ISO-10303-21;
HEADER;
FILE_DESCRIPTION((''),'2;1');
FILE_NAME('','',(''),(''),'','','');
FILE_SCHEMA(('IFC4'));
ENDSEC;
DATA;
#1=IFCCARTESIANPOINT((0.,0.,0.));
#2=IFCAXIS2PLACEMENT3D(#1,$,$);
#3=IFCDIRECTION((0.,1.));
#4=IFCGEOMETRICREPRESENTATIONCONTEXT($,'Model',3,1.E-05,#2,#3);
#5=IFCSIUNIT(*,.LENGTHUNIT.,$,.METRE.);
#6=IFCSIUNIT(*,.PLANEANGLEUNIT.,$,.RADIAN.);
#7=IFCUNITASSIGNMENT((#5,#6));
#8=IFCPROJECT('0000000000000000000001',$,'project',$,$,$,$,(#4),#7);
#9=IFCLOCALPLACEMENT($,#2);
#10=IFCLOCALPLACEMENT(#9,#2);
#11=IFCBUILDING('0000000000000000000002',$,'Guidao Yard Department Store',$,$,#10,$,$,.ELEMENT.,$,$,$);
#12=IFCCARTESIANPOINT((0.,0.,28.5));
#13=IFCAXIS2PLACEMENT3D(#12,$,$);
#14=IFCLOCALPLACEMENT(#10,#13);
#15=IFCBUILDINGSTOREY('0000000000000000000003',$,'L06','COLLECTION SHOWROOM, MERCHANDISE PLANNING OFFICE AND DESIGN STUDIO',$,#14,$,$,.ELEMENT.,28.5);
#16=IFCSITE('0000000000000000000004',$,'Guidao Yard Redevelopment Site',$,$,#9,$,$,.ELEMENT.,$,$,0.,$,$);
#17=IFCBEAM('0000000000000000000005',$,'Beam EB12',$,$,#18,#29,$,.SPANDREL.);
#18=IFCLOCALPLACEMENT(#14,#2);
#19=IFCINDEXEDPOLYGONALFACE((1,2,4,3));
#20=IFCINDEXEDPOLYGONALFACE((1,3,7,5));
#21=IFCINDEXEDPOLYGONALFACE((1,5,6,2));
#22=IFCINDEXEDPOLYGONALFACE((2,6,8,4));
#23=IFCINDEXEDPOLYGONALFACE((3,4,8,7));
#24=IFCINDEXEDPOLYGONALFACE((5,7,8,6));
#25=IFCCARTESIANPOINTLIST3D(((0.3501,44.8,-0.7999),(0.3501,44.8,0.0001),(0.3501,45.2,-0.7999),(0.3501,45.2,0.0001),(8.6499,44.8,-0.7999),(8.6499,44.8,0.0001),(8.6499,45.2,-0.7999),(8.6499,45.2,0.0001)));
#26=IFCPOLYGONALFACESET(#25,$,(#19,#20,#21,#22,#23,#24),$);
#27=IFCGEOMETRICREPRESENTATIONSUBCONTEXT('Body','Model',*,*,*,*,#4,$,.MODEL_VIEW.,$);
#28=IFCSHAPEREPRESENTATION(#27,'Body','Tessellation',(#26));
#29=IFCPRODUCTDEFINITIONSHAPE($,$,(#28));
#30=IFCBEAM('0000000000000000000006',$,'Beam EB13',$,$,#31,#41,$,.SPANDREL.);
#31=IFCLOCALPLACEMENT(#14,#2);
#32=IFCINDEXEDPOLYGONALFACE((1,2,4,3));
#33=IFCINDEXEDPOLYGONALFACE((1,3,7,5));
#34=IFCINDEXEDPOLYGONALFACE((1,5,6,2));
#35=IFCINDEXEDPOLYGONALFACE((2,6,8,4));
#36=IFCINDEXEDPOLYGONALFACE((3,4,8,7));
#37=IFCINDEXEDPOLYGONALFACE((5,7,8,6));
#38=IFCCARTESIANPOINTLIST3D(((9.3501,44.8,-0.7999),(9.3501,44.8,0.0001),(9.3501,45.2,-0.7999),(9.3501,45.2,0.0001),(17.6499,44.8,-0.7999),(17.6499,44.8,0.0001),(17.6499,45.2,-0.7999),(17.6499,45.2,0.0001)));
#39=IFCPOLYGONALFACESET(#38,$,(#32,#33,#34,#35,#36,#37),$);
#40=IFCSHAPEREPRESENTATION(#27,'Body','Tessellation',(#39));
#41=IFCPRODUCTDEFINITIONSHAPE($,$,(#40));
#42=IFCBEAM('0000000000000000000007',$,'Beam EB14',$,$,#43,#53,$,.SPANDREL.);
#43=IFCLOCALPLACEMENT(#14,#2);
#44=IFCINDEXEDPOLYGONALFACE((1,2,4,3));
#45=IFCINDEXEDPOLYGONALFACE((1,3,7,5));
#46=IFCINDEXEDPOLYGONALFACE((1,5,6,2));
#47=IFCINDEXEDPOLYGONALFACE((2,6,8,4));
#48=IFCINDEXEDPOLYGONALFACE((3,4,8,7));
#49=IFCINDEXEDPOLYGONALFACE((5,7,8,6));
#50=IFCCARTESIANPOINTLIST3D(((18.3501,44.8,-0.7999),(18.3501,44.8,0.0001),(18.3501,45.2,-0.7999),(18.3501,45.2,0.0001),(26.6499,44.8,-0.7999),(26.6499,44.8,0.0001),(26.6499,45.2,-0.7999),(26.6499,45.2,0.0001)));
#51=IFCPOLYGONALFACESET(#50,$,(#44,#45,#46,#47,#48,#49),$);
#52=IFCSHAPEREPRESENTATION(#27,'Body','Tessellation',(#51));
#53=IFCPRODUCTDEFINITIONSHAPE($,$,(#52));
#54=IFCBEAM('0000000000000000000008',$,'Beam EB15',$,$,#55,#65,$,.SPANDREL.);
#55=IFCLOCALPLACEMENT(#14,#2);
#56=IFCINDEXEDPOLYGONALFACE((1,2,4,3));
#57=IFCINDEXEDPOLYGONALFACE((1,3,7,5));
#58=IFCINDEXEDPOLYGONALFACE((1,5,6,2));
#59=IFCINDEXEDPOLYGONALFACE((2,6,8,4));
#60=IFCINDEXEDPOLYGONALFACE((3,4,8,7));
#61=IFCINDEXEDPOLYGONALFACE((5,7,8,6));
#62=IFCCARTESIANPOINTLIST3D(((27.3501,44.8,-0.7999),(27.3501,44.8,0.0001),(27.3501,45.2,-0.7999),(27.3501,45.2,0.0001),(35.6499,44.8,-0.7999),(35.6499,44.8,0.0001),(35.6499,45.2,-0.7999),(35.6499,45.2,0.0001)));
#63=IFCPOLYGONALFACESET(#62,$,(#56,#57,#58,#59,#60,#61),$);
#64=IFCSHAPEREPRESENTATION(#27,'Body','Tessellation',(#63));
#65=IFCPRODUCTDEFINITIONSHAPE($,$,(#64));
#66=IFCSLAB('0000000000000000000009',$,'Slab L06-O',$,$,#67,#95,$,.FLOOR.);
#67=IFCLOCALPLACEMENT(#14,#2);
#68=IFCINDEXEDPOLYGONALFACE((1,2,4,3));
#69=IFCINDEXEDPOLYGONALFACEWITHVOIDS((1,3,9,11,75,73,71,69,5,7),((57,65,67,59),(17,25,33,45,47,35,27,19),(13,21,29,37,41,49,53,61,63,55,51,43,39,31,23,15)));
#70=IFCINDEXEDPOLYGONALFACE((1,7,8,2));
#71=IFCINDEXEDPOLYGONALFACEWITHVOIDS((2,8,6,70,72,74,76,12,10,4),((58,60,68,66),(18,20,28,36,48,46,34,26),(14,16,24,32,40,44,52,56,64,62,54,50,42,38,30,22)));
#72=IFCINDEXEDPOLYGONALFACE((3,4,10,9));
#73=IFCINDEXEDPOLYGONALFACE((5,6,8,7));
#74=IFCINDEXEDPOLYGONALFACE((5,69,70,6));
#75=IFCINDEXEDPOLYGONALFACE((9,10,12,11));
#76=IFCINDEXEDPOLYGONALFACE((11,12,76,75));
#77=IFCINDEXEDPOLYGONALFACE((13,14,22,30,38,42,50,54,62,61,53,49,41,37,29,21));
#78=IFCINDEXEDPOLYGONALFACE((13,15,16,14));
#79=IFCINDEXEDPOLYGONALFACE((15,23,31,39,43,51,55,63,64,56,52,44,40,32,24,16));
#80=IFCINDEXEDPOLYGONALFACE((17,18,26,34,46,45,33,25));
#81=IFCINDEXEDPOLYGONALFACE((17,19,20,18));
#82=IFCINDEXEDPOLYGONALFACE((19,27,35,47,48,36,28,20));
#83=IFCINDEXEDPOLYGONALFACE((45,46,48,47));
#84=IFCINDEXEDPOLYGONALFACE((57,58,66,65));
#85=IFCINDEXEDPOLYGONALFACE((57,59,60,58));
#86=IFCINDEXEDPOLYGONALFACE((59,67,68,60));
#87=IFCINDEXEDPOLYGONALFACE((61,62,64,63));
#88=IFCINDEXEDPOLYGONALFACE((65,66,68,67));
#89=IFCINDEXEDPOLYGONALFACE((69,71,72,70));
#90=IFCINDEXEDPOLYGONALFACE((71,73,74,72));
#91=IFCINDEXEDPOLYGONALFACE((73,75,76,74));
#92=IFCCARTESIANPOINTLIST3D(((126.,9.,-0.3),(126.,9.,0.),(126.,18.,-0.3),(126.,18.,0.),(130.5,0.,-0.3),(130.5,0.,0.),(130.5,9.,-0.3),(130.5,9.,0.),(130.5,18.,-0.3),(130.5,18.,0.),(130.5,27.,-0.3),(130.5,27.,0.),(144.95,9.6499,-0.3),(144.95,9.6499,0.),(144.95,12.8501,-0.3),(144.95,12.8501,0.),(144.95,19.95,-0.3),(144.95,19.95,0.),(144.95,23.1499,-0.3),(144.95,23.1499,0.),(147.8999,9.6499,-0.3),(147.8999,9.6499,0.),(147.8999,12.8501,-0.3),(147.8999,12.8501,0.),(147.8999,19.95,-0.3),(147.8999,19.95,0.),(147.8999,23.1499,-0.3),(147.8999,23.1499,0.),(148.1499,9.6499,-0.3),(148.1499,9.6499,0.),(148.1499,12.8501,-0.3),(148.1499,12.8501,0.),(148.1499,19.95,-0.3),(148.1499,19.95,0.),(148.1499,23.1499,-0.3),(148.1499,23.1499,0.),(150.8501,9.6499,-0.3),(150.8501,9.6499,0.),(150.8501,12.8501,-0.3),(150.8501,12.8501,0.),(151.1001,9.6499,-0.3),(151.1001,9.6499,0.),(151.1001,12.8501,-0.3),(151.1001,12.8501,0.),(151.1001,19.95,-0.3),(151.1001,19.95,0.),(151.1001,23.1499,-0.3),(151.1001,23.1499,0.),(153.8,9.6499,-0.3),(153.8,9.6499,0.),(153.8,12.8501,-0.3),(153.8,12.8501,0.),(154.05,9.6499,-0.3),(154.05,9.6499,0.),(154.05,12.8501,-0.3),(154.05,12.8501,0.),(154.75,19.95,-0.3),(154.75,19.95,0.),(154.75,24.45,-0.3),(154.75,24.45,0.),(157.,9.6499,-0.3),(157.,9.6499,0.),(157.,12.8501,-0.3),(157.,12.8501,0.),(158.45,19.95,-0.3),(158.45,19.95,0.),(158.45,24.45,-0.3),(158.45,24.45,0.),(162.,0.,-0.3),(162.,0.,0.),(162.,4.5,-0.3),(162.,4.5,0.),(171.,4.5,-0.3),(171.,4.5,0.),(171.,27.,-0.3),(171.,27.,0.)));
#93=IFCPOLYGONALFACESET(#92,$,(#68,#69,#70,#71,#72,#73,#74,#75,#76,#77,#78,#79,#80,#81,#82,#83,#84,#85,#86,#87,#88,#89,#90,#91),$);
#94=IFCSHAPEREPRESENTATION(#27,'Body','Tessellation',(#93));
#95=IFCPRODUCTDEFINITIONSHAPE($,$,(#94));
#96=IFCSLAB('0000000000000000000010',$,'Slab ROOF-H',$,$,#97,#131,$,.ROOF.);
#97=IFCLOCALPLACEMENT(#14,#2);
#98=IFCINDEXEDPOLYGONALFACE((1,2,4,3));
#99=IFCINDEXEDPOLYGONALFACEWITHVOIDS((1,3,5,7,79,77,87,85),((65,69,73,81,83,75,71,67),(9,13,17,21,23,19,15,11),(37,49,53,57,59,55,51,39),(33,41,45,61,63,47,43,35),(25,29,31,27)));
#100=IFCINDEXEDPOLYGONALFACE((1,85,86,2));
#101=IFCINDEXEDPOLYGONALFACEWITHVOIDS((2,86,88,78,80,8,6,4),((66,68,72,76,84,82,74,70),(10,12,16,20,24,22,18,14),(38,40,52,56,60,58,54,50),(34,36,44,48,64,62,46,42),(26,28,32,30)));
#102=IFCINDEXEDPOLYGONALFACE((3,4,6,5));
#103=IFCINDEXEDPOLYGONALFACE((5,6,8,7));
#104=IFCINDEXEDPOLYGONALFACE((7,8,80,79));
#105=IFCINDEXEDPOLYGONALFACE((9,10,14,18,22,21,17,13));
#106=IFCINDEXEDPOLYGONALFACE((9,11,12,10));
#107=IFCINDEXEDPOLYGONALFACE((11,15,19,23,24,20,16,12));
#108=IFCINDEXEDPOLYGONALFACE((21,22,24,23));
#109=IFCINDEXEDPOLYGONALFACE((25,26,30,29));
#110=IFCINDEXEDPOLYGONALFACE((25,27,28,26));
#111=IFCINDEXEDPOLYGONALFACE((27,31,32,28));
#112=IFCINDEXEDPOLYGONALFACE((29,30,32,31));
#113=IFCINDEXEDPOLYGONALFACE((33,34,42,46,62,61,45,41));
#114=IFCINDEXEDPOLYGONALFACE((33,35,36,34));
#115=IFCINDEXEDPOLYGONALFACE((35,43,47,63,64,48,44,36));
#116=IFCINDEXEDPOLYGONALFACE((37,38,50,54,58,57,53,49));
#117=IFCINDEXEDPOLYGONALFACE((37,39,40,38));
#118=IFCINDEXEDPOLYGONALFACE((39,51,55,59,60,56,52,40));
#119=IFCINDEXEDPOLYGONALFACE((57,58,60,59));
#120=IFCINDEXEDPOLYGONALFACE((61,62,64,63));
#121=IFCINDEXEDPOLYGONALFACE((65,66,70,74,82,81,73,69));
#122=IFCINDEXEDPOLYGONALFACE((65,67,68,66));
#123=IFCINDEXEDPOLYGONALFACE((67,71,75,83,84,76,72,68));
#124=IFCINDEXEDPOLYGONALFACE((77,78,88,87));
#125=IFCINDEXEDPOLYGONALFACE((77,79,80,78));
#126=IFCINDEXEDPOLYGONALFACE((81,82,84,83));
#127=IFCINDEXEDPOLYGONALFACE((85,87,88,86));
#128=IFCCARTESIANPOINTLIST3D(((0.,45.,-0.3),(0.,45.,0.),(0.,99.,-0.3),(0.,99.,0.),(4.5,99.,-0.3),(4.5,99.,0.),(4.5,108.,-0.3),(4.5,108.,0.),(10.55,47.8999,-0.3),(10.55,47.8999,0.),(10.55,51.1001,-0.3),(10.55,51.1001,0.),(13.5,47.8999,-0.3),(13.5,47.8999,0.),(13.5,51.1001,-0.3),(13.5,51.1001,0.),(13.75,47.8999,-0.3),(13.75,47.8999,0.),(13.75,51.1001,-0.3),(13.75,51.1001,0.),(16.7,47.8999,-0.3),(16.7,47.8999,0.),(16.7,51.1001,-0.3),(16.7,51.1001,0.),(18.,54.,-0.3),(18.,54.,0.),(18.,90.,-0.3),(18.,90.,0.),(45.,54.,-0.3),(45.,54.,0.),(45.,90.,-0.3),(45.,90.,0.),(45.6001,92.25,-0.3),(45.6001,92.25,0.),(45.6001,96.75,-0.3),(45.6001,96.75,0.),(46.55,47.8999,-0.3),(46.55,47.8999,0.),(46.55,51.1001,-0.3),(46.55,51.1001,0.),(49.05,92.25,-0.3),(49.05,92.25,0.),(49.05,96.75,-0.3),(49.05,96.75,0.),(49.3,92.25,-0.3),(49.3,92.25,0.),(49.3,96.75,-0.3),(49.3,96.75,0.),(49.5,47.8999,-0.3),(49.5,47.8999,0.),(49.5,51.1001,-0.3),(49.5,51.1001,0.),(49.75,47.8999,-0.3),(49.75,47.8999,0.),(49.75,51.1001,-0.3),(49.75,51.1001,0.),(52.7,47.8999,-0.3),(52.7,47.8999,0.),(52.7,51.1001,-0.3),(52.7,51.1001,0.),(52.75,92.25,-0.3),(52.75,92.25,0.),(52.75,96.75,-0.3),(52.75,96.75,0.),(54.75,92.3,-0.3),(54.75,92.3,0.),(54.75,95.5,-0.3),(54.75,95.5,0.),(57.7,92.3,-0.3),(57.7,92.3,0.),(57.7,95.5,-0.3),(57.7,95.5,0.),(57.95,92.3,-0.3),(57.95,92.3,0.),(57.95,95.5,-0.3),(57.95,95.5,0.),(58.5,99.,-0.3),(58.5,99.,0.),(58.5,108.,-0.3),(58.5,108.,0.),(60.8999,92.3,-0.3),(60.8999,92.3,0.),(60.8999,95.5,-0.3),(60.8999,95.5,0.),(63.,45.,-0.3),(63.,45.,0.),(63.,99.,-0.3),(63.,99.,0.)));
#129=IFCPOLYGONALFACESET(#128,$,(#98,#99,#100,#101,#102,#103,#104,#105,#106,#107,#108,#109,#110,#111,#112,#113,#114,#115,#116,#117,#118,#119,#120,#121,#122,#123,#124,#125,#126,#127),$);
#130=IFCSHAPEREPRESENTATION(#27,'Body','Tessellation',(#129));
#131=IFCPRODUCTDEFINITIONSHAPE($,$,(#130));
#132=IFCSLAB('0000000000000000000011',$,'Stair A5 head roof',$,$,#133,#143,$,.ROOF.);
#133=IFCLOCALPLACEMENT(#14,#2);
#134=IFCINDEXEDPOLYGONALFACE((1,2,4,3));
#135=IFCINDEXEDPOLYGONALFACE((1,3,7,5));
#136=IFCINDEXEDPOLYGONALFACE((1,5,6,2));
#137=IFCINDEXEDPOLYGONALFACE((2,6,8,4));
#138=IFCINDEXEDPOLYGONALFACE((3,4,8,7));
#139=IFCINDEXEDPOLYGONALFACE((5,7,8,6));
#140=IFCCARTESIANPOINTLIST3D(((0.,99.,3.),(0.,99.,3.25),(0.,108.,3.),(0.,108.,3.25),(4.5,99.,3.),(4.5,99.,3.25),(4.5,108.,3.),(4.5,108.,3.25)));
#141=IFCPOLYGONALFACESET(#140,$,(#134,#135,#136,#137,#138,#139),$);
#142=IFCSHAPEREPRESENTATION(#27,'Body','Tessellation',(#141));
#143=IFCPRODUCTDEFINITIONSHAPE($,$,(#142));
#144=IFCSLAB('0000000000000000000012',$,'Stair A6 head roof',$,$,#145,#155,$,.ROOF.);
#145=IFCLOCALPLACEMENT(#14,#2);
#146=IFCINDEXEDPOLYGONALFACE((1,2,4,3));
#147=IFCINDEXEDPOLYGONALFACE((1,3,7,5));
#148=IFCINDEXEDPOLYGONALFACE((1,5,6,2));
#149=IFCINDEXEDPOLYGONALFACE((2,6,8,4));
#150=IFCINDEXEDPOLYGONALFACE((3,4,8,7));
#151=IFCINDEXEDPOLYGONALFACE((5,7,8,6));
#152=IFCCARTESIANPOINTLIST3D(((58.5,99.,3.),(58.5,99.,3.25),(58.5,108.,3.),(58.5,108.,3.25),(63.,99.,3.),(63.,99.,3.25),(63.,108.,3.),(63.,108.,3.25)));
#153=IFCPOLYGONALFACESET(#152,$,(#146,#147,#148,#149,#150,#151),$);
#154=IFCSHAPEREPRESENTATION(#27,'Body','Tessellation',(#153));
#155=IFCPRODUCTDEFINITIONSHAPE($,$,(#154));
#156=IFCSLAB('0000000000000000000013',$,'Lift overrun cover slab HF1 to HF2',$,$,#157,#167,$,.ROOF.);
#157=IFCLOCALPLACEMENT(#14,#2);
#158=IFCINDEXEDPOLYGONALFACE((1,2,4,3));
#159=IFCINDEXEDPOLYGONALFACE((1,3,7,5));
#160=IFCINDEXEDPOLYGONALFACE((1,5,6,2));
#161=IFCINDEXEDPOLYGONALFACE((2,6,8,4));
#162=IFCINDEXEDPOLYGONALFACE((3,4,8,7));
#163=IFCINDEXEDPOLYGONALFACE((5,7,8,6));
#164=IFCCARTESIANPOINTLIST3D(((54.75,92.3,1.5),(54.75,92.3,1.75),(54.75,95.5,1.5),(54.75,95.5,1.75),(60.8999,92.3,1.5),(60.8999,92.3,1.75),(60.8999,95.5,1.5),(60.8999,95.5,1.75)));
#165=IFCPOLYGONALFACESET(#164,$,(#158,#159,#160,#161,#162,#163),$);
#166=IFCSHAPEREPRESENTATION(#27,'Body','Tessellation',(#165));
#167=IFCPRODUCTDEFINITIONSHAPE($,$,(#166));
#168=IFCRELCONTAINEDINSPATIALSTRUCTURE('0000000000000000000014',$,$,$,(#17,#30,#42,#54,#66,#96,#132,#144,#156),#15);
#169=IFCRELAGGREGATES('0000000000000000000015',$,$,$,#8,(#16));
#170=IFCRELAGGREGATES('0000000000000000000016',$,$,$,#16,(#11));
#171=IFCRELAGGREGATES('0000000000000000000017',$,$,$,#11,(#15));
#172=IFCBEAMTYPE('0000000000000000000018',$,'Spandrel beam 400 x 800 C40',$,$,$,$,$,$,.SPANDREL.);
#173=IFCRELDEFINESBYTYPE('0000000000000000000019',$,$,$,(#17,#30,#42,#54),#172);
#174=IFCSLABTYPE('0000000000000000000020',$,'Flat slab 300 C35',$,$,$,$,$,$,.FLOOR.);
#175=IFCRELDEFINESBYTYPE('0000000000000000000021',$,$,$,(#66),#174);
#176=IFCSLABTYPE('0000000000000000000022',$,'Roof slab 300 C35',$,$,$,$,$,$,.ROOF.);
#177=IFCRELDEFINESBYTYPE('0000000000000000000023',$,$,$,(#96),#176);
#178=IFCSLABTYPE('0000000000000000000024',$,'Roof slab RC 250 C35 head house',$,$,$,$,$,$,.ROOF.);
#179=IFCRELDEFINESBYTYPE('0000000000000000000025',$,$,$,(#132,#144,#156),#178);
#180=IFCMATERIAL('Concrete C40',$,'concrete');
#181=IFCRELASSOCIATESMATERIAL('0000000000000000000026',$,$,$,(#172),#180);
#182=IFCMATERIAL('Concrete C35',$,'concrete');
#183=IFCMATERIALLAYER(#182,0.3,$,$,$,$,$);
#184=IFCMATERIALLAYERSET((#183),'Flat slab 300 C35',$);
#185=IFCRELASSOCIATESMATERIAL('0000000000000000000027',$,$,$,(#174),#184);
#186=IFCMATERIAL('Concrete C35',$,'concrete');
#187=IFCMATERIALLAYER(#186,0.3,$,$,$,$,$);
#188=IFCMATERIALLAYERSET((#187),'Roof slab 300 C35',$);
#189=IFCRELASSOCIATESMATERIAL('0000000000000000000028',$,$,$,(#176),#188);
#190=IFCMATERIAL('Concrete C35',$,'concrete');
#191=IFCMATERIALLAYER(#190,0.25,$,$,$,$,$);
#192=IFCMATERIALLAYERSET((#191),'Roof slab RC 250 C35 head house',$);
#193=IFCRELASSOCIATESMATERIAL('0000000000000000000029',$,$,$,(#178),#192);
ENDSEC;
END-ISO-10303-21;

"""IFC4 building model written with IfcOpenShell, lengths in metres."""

from ifc_helpers import new_model, si_unit, direction, frame, origin, origin_2d, place, context, subcontext, project, spatial, polyline, rectangle, outline, extrude, material, layer, layer_set, material_profile, profile_set, type_object, element, save


model = new_model("IFC4")

# Units and contexts
model_context = context("Model", 3, precision=1e-05, world=origin(), true_north=direction((0.0, 1.0)))
body_context = subcontext(model_context, "Body", "Model", "MODEL_VIEW")
ifc_project = project(units=[si_unit("LENGTHUNIT", "METRE"), si_unit("PLANEANGLEUNIT", "RADIAN")], contexts=[model_context])

# Site, building, storey
site_placement = place(None, origin())
site = spatial("IfcSite", under=ifc_project, at=site_placement, Name="Guidao Yard Redevelopment Site", CompositionType="ELEMENT", RefElevation=0.0)
building_placement = place(site_placement, origin())
building = spatial("IfcBuilding", under=site, at=building_placement, Name="Guidao Yard Department Store", CompositionType="ELEMENT")
storey_placement = place(building_placement, frame((0.0, 0.0, 28.5)))
storey = spatial("IfcBuildingStorey", under=building, at=storey_placement, Name="L06", Description="COLLECTION SHOWROOM, MERCHANDISE PLANNING OFFICE AND DESIGN STUDIO", CompositionType="ELEMENT", Elevation=28.5)

# Beams
ifc_material_1 = material(Name="Concrete C40", Category="concrete")
ifc_material_profile = material_profile(ifc_material_1, rectangle(XDim=0.3999, YDim=0.8, at=origin_2d()), Name="Spandrel beam 400 x 800 C40")
ifc_profile_set = profile_set([ifc_material_profile], Name="Concrete C40")
beam_type = type_object("IfcBeamType", Name="Spandrel beam 400 x 800 C40", PredefinedType="SPANDREL", material=ifc_profile_set)
for number, where, z_axis, x_axis, name in (
    (1, (0.3501, 45.0, -0.3999), (1.0, 0.0, 0.0), (0.0, 1.0, 0.0), "Beam EB12"),
    (2, (9.3501, 45.0, -0.3999), (1.0, 0.0, 0.0), (0.0, 1.0, 0.0), "Beam EB13"),
    (3, (18.3501, 45.0, -0.3999), (1.0, 0.0, 0.0), (0.0, 1.0, 0.0), "Beam EB14"),
    (4, (27.3501, 45.0, -0.3999), (1.0, 0.0, 0.0), (0.0, 1.0, 0.0), "Beam EB15"),
):
    element("IfcBeam", number, at=place(storey_placement, frame(where, z_axis=z_axis, x_axis=x_axis)), inside=storey, type_object=beam_type, Name=name, PredefinedType="SPANDREL", context=body_context, shape_type="SweptSolid", body=[
        extrude(rectangle(XDim=0.3999, YDim=0.8, at=origin_2d()), origin(), (0.0, 0.0, 1.0), 8.2998),
    ])

# Slabs
ifc_material_2 = material(Name="Concrete C35", Category="concrete")
ifc_layer_1 = layer(ifc_material_2, 0.3)
ifc_layer_set_1 = layer_set([ifc_layer_1], Name="Flat slab 300 C35")
slab_type_1 = type_object("IfcSlabType", Name="Flat slab 300 C35", PredefinedType="FLOOR", material=ifc_layer_set_1)
slab_1_placement = place(storey_placement, frame((0.0, 0.0, -0.3)))
element("IfcSlab", 5, at=slab_1_placement, inside=storey, type_object=slab_type_1, Name="Slab L06-O", PredefinedType="FLOOR", context=body_context, shape_type="SweptSolid", body=[
    extrude(outline(polyline([(171.0, 4.5), (162.0, 4.5), (162.0, 0.0), (130.5, 0.0), (130.5, 9.0), (126.0, 9.0), (126.0, 18.0), (130.5, 18.0), (130.5, 27.0), (171.0, 27.0), (171.0, 4.5)]), holes=[polyline([(148.1499, 9.6499), (150.8501, 9.6499), (151.1001, 9.6499), (153.8, 9.6499), (154.05, 9.6499), (157.0, 9.6499), (157.0, 12.8501), (154.05, 12.8501), (153.8, 12.8501), (151.1001, 12.8501), (150.8501, 12.8501), (148.1499, 12.8501), (147.8999, 12.8501), (144.95, 12.8501), (144.95, 9.6499), (147.8999, 9.6499), (148.1499, 9.6499)]), polyline([(147.8999, 19.95), (148.1499, 19.95), (151.1001, 19.95), (151.1001, 23.1499), (148.1499, 23.1499), (147.8999, 23.1499), (144.95, 23.1499), (144.95, 19.95), (147.8999, 19.95)]), polyline([(158.45, 19.95), (158.45, 24.45), (154.75, 24.45), (154.75, 19.95), (158.45, 19.95)])]), origin(), (0.0, 0.0, 1.0), 0.3),
])
ifc_material_3 = material(Name="Concrete C35", Category="concrete")
ifc_layer_2 = layer(ifc_material_3, 0.3)
ifc_layer_set_2 = layer_set([ifc_layer_2], Name="Roof slab 300 C35")
slab_type_2 = type_object("IfcSlabType", Name="Roof slab 300 C35", PredefinedType="ROOF", material=ifc_layer_set_2)
slab_2_placement = place(storey_placement, frame((0.0, 0.0, -0.3)))
element("IfcSlab", 6, at=slab_2_placement, inside=storey, type_object=slab_type_2, Name="Slab ROOF-H", PredefinedType="ROOF", context=body_context, shape_type="SweptSolid", body=[
    extrude(outline(polyline([(4.5, 108.0), (58.5, 108.0), (58.5, 99.0), (63.0, 99.0), (63.0, 45.0), (0.0, 45.0), (0.0, 99.0), (4.5, 99.0), (4.5, 108.0)]), holes=[polyline([(13.75, 51.1001), (13.5, 51.1001), (10.55, 51.1001), (10.55, 47.8999), (13.5, 47.8999), (13.75, 47.8999), (16.7, 47.8999), (16.7, 51.1001), (13.75, 51.1001)]), polyline([(52.7, 47.8999), (52.7, 51.1001), (49.75, 51.1001), (49.5, 51.1001), (46.55, 51.1001), (46.55, 47.8999), (49.5, 47.8999), (49.75, 47.8999), (52.7, 47.8999)]), polyline([(18.0, 90.0), (18.0, 54.0), (45.0, 54.0), (45.0, 90.0), (18.0, 90.0)]), polyline([(54.75, 92.3), (57.7, 92.3), (57.95, 92.3), (60.8999, 92.3), (60.8999, 95.5), (57.95, 95.5), (57.7, 95.5), (54.75, 95.5), (54.75, 92.3)]), polyline([(49.05, 96.75), (45.6001, 96.75), (45.6001, 92.25), (49.05, 92.25), (49.3, 92.25), (52.75, 92.25), (52.75, 96.75), (49.3, 96.75), (49.05, 96.75)])]), origin(), (0.0, 0.0, 1.0), 0.3),
])
ifc_material_4 = material(Name="Concrete C35", Category="concrete")
ifc_layer_3 = layer(ifc_material_4, 0.25)
ifc_layer_set_3 = layer_set([ifc_layer_3], Name="Roof slab RC 250 C35 head house")
slab_type_3 = type_object("IfcSlabType", Name="Roof slab RC 250 C35 head house", PredefinedType="ROOF", material=ifc_layer_set_3)
slab_3_placement = place(storey_placement, frame((0.0, 0.0, 3.0)))
element("IfcSlab", 7, at=slab_3_placement, inside=storey, type_object=slab_type_3, Name="Stair A5 head roof", PredefinedType="ROOF", context=body_context, shape_type="SweptSolid", body=[
    extrude(outline(polyline([(0.0, 99.0), (4.5, 99.0), (4.5, 108.0), (0.0, 108.0), (0.0, 99.0)])), origin(), (0.0, 0.0, 1.0), 0.25),
])
slab_4_placement = place(storey_placement, frame((0.0, 0.0, 3.0)))
element("IfcSlab", 8, at=slab_4_placement, inside=storey, type_object=slab_type_3, Name="Stair A6 head roof", PredefinedType="ROOF", context=body_context, shape_type="SweptSolid", body=[
    extrude(outline(polyline([(58.5, 99.0), (63.0, 99.0), (63.0, 108.0), (58.5, 108.0), (58.5, 99.0)])), origin(), (0.0, 0.0, 1.0), 0.25),
])
slab_5_placement = place(storey_placement, frame((0.0, 0.0, 1.5)))
element("IfcSlab", 9, at=slab_5_placement, inside=storey, type_object=slab_type_3, Name="Lift overrun cover slab HF1 to HF2", PredefinedType="ROOF", context=body_context, shape_type="SweptSolid", body=[
    extrude(outline(polyline([(54.75, 92.3), (60.8999, 92.3), (60.8999, 95.5), (54.75, 95.5), (54.75, 92.3)])), origin(), (0.0, 0.0, 1.0), 0.25),
])

save(model, "model.ifc")
